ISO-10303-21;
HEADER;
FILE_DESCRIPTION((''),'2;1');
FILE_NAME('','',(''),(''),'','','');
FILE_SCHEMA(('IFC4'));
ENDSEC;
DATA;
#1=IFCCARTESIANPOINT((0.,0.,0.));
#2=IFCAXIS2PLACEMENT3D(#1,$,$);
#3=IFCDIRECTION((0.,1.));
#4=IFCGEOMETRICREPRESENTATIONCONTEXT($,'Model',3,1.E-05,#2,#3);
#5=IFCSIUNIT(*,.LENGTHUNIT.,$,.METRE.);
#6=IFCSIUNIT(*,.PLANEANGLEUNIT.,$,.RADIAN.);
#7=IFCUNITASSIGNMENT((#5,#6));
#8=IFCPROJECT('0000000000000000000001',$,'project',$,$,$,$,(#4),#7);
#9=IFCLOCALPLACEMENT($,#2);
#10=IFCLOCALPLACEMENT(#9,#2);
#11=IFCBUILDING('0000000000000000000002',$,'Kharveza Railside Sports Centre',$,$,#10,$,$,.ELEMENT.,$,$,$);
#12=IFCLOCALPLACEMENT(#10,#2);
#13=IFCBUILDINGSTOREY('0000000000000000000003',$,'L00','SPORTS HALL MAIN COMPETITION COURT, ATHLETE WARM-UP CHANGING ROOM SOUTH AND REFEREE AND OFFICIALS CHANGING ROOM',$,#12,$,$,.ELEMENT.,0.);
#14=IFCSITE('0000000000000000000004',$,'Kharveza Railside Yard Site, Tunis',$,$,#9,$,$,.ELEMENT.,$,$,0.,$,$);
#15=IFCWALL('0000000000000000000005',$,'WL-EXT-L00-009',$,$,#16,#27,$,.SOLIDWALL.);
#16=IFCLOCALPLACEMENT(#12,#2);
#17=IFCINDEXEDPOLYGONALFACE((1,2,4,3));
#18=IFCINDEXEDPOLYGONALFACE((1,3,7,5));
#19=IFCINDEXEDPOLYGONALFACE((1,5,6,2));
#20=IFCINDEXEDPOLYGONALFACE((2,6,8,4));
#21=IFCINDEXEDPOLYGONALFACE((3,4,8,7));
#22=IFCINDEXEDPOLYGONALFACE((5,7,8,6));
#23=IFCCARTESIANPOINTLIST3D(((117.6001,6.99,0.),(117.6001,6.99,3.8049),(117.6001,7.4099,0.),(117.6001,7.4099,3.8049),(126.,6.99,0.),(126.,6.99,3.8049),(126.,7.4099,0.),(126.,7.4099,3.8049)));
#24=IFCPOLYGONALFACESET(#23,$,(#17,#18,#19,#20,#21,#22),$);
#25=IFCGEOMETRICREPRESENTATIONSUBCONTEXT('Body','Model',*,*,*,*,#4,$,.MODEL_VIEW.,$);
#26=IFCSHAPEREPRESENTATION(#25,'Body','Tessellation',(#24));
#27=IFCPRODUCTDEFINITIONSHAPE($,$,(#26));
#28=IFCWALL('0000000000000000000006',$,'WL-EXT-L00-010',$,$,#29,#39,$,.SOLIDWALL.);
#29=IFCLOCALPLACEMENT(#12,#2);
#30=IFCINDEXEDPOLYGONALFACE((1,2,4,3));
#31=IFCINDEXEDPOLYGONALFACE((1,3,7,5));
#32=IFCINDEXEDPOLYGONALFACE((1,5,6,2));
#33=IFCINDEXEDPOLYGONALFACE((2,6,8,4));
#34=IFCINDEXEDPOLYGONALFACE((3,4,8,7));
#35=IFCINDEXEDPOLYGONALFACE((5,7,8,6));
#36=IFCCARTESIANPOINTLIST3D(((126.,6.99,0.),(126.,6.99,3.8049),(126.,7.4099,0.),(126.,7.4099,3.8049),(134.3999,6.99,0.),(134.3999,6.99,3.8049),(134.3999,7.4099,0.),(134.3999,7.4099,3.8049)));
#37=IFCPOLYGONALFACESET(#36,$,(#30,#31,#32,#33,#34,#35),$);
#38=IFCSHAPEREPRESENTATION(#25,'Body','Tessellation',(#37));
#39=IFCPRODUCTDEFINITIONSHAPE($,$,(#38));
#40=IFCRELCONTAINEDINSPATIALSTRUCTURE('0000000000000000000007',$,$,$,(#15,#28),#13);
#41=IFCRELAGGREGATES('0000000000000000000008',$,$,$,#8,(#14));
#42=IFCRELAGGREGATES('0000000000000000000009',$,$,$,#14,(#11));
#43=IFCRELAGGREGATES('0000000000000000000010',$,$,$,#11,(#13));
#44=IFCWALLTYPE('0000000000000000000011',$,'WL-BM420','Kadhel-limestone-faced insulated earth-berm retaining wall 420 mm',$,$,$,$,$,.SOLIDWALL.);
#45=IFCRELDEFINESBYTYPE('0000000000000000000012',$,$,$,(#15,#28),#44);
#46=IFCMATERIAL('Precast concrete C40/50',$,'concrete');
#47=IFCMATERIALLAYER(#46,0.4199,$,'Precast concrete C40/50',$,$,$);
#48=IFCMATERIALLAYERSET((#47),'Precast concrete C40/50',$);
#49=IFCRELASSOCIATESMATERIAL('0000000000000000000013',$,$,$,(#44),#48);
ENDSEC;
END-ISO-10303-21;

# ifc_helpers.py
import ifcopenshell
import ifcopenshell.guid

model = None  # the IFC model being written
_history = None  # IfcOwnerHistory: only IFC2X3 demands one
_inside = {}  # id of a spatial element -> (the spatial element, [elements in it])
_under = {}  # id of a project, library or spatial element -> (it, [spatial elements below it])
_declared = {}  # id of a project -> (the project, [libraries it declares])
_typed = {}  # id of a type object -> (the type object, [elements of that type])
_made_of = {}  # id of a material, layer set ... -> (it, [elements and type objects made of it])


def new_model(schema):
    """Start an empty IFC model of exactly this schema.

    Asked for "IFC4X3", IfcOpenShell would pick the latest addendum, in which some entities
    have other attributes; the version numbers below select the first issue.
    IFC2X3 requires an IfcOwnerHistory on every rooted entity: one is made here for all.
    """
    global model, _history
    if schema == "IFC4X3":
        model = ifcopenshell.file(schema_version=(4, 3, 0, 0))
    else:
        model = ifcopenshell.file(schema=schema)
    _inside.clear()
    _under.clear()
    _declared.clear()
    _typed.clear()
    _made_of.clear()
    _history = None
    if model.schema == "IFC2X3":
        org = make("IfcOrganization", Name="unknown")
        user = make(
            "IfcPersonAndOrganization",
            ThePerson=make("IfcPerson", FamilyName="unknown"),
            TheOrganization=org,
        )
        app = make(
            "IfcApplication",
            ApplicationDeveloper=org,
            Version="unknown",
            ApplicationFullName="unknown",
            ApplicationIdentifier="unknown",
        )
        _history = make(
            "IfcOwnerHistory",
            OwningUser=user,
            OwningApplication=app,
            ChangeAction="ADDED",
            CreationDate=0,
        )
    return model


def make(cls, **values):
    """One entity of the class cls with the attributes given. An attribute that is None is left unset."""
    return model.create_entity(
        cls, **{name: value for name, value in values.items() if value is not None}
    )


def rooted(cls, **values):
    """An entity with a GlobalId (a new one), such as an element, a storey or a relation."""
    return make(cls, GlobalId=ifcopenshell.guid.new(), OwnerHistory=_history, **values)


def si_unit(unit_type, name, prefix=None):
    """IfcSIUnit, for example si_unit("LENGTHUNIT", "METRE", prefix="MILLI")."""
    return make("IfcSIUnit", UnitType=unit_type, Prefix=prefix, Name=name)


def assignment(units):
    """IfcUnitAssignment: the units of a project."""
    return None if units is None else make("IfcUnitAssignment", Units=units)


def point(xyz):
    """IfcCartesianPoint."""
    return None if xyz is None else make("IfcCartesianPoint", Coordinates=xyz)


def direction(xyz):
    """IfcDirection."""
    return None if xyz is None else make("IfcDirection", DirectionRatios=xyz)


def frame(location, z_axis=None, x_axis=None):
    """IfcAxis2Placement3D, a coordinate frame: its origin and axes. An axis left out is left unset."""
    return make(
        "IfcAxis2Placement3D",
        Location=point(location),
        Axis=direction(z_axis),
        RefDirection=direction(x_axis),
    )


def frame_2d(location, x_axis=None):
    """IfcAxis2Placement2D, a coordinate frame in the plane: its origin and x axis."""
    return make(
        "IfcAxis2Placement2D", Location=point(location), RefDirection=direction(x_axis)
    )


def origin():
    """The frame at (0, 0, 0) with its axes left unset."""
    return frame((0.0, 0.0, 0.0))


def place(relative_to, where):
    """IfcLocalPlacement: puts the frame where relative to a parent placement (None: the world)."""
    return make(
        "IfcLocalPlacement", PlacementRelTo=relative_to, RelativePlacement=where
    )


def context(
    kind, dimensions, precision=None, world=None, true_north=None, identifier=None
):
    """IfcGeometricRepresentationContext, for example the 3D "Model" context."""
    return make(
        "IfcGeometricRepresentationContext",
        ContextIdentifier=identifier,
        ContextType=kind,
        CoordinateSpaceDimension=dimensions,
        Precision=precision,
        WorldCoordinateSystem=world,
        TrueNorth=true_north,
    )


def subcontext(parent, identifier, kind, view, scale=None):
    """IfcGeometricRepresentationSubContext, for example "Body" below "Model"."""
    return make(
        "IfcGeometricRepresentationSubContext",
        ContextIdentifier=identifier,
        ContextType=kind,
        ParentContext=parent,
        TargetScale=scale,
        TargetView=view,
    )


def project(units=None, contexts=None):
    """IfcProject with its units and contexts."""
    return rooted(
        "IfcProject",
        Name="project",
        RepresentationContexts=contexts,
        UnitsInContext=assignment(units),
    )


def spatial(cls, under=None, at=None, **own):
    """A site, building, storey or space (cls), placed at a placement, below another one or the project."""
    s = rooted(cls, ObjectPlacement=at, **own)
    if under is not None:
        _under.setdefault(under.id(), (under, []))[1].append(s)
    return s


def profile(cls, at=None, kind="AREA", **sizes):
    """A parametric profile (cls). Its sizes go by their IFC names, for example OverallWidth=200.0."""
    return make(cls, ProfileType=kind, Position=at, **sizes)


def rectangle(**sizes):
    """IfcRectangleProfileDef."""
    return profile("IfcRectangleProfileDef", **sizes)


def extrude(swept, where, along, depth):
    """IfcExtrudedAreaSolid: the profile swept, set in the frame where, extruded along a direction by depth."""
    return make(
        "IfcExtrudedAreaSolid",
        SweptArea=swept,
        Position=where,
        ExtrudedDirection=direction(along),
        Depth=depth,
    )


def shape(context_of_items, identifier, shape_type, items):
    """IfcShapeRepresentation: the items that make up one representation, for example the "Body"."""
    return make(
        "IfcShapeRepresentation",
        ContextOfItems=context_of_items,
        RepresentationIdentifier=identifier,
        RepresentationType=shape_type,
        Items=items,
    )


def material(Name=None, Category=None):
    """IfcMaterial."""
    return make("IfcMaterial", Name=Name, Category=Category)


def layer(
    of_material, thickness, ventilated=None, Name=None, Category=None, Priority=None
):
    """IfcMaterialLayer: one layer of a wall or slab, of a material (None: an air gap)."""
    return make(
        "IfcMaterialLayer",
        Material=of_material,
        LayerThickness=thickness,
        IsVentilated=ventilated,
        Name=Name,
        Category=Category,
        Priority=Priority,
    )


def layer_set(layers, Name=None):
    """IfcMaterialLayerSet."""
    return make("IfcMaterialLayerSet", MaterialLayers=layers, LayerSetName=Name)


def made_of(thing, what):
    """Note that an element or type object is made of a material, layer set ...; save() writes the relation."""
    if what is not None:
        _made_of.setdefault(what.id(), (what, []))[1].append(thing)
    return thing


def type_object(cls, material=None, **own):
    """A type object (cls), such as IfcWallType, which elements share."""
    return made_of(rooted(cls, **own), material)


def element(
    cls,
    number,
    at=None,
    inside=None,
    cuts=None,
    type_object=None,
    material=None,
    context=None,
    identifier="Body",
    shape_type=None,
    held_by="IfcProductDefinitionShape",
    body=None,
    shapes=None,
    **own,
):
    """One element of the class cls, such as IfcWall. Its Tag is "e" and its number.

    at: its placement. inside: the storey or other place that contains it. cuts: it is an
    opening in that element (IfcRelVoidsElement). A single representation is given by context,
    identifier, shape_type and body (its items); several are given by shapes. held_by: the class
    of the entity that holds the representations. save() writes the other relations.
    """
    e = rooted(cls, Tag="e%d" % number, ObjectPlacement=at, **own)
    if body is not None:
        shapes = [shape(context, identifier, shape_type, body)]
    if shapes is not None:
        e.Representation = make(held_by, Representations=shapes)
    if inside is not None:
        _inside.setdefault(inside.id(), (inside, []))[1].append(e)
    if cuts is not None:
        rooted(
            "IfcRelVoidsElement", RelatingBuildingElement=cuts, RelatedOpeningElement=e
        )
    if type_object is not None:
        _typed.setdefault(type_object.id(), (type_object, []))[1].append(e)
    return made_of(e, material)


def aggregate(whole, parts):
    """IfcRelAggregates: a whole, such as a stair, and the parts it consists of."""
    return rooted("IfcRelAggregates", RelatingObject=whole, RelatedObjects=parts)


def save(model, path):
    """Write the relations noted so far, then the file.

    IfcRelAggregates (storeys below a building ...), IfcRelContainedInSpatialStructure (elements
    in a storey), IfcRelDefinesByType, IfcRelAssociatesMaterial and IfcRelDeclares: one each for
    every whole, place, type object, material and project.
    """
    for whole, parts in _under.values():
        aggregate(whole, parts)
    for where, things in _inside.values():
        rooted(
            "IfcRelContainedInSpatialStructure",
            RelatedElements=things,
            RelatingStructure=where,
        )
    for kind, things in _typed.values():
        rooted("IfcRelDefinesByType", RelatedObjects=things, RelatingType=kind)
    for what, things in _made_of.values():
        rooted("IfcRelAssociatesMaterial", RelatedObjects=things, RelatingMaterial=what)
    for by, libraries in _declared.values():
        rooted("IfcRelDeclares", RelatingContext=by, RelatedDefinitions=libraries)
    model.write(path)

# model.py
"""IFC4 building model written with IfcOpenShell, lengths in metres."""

from ifc_helpers import new_model, si_unit, direction, frame, frame_2d, origin, place, context, subcontext, project, spatial, rectangle, extrude, material, layer, layer_set, type_object, element, save


model = new_model("IFC4")

# Units and contexts
model_context = context("Model", 3, precision=1e-05, world=origin(), true_north=direction((0.0, 1.0)))
body_context = subcontext(model_context, "Body", "Model", "MODEL_VIEW")
ifc_project = project(units=[si_unit("LENGTHUNIT", "METRE"), si_unit("PLANEANGLEUNIT", "RADIAN")], contexts=[model_context])

# Site, building, storey
site_placement = place(None, origin())
site = spatial("IfcSite", under=ifc_project, at=site_placement, Name="Kharveza Railside Yard Site, Tunis", CompositionType="ELEMENT", RefElevation=0.0)
building_placement = place(site_placement, origin())
building = spatial("IfcBuilding", under=site, at=building_placement, Name="Kharveza Railside Sports Centre", CompositionType="ELEMENT")
storey_placement = place(building_placement, origin())
storey = spatial("IfcBuildingStorey", under=building, at=storey_placement, Name="L00", Description="SPORTS HALL MAIN COMPETITION COURT, ATHLETE WARM-UP CHANGING ROOM SOUTH AND REFEREE AND OFFICIALS CHANGING ROOM", CompositionType="ELEMENT", Elevation=0.0)

# Shared definitions
ifc_material_1 = material(Name="Precast concrete C40/50", Category="concrete")

# Walls
ifc_layer = layer(ifc_material_1, 0.4199, Name="Precast concrete C40/50")
ifc_layer_set = layer_set([ifc_layer], Name="Precast concrete C40/50")
wall_type = type_object("IfcWallType", Name="WL-BM420", Description="Kadhel-limestone-faced insulated earth-berm retaining wall 420 mm", PredefinedType="SOLIDWALL", material=ifc_layer_set)
for number, where, z_axis, x_axis, name in (
    (1, (117.6001, 7.2, 0.0), (0.0, 0.0, 1.0), (1.0, 0.0, 0.0), "WL-EXT-L00-009"),
    (2, (126.0, 7.2, 0.0), (0.0, 0.0, 1.0), (1.0, 0.0, 0.0), "WL-EXT-L00-010"),
):
    element("IfcWall", number, at=place(storey_placement, frame(where, z_axis=z_axis, x_axis=x_axis)), inside=storey, type_object=wall_type, Name=name, PredefinedType="SOLIDWALL", context=body_context, shape_type="SweptSolid", body=[
        extrude(rectangle(XDim=8.3999, YDim=0.4199, at=frame_2d((4.2, 0.0))), origin(), (0.0, 0.0, 1.0), 3.8049),
    ])

save(model, "model.ifc")
